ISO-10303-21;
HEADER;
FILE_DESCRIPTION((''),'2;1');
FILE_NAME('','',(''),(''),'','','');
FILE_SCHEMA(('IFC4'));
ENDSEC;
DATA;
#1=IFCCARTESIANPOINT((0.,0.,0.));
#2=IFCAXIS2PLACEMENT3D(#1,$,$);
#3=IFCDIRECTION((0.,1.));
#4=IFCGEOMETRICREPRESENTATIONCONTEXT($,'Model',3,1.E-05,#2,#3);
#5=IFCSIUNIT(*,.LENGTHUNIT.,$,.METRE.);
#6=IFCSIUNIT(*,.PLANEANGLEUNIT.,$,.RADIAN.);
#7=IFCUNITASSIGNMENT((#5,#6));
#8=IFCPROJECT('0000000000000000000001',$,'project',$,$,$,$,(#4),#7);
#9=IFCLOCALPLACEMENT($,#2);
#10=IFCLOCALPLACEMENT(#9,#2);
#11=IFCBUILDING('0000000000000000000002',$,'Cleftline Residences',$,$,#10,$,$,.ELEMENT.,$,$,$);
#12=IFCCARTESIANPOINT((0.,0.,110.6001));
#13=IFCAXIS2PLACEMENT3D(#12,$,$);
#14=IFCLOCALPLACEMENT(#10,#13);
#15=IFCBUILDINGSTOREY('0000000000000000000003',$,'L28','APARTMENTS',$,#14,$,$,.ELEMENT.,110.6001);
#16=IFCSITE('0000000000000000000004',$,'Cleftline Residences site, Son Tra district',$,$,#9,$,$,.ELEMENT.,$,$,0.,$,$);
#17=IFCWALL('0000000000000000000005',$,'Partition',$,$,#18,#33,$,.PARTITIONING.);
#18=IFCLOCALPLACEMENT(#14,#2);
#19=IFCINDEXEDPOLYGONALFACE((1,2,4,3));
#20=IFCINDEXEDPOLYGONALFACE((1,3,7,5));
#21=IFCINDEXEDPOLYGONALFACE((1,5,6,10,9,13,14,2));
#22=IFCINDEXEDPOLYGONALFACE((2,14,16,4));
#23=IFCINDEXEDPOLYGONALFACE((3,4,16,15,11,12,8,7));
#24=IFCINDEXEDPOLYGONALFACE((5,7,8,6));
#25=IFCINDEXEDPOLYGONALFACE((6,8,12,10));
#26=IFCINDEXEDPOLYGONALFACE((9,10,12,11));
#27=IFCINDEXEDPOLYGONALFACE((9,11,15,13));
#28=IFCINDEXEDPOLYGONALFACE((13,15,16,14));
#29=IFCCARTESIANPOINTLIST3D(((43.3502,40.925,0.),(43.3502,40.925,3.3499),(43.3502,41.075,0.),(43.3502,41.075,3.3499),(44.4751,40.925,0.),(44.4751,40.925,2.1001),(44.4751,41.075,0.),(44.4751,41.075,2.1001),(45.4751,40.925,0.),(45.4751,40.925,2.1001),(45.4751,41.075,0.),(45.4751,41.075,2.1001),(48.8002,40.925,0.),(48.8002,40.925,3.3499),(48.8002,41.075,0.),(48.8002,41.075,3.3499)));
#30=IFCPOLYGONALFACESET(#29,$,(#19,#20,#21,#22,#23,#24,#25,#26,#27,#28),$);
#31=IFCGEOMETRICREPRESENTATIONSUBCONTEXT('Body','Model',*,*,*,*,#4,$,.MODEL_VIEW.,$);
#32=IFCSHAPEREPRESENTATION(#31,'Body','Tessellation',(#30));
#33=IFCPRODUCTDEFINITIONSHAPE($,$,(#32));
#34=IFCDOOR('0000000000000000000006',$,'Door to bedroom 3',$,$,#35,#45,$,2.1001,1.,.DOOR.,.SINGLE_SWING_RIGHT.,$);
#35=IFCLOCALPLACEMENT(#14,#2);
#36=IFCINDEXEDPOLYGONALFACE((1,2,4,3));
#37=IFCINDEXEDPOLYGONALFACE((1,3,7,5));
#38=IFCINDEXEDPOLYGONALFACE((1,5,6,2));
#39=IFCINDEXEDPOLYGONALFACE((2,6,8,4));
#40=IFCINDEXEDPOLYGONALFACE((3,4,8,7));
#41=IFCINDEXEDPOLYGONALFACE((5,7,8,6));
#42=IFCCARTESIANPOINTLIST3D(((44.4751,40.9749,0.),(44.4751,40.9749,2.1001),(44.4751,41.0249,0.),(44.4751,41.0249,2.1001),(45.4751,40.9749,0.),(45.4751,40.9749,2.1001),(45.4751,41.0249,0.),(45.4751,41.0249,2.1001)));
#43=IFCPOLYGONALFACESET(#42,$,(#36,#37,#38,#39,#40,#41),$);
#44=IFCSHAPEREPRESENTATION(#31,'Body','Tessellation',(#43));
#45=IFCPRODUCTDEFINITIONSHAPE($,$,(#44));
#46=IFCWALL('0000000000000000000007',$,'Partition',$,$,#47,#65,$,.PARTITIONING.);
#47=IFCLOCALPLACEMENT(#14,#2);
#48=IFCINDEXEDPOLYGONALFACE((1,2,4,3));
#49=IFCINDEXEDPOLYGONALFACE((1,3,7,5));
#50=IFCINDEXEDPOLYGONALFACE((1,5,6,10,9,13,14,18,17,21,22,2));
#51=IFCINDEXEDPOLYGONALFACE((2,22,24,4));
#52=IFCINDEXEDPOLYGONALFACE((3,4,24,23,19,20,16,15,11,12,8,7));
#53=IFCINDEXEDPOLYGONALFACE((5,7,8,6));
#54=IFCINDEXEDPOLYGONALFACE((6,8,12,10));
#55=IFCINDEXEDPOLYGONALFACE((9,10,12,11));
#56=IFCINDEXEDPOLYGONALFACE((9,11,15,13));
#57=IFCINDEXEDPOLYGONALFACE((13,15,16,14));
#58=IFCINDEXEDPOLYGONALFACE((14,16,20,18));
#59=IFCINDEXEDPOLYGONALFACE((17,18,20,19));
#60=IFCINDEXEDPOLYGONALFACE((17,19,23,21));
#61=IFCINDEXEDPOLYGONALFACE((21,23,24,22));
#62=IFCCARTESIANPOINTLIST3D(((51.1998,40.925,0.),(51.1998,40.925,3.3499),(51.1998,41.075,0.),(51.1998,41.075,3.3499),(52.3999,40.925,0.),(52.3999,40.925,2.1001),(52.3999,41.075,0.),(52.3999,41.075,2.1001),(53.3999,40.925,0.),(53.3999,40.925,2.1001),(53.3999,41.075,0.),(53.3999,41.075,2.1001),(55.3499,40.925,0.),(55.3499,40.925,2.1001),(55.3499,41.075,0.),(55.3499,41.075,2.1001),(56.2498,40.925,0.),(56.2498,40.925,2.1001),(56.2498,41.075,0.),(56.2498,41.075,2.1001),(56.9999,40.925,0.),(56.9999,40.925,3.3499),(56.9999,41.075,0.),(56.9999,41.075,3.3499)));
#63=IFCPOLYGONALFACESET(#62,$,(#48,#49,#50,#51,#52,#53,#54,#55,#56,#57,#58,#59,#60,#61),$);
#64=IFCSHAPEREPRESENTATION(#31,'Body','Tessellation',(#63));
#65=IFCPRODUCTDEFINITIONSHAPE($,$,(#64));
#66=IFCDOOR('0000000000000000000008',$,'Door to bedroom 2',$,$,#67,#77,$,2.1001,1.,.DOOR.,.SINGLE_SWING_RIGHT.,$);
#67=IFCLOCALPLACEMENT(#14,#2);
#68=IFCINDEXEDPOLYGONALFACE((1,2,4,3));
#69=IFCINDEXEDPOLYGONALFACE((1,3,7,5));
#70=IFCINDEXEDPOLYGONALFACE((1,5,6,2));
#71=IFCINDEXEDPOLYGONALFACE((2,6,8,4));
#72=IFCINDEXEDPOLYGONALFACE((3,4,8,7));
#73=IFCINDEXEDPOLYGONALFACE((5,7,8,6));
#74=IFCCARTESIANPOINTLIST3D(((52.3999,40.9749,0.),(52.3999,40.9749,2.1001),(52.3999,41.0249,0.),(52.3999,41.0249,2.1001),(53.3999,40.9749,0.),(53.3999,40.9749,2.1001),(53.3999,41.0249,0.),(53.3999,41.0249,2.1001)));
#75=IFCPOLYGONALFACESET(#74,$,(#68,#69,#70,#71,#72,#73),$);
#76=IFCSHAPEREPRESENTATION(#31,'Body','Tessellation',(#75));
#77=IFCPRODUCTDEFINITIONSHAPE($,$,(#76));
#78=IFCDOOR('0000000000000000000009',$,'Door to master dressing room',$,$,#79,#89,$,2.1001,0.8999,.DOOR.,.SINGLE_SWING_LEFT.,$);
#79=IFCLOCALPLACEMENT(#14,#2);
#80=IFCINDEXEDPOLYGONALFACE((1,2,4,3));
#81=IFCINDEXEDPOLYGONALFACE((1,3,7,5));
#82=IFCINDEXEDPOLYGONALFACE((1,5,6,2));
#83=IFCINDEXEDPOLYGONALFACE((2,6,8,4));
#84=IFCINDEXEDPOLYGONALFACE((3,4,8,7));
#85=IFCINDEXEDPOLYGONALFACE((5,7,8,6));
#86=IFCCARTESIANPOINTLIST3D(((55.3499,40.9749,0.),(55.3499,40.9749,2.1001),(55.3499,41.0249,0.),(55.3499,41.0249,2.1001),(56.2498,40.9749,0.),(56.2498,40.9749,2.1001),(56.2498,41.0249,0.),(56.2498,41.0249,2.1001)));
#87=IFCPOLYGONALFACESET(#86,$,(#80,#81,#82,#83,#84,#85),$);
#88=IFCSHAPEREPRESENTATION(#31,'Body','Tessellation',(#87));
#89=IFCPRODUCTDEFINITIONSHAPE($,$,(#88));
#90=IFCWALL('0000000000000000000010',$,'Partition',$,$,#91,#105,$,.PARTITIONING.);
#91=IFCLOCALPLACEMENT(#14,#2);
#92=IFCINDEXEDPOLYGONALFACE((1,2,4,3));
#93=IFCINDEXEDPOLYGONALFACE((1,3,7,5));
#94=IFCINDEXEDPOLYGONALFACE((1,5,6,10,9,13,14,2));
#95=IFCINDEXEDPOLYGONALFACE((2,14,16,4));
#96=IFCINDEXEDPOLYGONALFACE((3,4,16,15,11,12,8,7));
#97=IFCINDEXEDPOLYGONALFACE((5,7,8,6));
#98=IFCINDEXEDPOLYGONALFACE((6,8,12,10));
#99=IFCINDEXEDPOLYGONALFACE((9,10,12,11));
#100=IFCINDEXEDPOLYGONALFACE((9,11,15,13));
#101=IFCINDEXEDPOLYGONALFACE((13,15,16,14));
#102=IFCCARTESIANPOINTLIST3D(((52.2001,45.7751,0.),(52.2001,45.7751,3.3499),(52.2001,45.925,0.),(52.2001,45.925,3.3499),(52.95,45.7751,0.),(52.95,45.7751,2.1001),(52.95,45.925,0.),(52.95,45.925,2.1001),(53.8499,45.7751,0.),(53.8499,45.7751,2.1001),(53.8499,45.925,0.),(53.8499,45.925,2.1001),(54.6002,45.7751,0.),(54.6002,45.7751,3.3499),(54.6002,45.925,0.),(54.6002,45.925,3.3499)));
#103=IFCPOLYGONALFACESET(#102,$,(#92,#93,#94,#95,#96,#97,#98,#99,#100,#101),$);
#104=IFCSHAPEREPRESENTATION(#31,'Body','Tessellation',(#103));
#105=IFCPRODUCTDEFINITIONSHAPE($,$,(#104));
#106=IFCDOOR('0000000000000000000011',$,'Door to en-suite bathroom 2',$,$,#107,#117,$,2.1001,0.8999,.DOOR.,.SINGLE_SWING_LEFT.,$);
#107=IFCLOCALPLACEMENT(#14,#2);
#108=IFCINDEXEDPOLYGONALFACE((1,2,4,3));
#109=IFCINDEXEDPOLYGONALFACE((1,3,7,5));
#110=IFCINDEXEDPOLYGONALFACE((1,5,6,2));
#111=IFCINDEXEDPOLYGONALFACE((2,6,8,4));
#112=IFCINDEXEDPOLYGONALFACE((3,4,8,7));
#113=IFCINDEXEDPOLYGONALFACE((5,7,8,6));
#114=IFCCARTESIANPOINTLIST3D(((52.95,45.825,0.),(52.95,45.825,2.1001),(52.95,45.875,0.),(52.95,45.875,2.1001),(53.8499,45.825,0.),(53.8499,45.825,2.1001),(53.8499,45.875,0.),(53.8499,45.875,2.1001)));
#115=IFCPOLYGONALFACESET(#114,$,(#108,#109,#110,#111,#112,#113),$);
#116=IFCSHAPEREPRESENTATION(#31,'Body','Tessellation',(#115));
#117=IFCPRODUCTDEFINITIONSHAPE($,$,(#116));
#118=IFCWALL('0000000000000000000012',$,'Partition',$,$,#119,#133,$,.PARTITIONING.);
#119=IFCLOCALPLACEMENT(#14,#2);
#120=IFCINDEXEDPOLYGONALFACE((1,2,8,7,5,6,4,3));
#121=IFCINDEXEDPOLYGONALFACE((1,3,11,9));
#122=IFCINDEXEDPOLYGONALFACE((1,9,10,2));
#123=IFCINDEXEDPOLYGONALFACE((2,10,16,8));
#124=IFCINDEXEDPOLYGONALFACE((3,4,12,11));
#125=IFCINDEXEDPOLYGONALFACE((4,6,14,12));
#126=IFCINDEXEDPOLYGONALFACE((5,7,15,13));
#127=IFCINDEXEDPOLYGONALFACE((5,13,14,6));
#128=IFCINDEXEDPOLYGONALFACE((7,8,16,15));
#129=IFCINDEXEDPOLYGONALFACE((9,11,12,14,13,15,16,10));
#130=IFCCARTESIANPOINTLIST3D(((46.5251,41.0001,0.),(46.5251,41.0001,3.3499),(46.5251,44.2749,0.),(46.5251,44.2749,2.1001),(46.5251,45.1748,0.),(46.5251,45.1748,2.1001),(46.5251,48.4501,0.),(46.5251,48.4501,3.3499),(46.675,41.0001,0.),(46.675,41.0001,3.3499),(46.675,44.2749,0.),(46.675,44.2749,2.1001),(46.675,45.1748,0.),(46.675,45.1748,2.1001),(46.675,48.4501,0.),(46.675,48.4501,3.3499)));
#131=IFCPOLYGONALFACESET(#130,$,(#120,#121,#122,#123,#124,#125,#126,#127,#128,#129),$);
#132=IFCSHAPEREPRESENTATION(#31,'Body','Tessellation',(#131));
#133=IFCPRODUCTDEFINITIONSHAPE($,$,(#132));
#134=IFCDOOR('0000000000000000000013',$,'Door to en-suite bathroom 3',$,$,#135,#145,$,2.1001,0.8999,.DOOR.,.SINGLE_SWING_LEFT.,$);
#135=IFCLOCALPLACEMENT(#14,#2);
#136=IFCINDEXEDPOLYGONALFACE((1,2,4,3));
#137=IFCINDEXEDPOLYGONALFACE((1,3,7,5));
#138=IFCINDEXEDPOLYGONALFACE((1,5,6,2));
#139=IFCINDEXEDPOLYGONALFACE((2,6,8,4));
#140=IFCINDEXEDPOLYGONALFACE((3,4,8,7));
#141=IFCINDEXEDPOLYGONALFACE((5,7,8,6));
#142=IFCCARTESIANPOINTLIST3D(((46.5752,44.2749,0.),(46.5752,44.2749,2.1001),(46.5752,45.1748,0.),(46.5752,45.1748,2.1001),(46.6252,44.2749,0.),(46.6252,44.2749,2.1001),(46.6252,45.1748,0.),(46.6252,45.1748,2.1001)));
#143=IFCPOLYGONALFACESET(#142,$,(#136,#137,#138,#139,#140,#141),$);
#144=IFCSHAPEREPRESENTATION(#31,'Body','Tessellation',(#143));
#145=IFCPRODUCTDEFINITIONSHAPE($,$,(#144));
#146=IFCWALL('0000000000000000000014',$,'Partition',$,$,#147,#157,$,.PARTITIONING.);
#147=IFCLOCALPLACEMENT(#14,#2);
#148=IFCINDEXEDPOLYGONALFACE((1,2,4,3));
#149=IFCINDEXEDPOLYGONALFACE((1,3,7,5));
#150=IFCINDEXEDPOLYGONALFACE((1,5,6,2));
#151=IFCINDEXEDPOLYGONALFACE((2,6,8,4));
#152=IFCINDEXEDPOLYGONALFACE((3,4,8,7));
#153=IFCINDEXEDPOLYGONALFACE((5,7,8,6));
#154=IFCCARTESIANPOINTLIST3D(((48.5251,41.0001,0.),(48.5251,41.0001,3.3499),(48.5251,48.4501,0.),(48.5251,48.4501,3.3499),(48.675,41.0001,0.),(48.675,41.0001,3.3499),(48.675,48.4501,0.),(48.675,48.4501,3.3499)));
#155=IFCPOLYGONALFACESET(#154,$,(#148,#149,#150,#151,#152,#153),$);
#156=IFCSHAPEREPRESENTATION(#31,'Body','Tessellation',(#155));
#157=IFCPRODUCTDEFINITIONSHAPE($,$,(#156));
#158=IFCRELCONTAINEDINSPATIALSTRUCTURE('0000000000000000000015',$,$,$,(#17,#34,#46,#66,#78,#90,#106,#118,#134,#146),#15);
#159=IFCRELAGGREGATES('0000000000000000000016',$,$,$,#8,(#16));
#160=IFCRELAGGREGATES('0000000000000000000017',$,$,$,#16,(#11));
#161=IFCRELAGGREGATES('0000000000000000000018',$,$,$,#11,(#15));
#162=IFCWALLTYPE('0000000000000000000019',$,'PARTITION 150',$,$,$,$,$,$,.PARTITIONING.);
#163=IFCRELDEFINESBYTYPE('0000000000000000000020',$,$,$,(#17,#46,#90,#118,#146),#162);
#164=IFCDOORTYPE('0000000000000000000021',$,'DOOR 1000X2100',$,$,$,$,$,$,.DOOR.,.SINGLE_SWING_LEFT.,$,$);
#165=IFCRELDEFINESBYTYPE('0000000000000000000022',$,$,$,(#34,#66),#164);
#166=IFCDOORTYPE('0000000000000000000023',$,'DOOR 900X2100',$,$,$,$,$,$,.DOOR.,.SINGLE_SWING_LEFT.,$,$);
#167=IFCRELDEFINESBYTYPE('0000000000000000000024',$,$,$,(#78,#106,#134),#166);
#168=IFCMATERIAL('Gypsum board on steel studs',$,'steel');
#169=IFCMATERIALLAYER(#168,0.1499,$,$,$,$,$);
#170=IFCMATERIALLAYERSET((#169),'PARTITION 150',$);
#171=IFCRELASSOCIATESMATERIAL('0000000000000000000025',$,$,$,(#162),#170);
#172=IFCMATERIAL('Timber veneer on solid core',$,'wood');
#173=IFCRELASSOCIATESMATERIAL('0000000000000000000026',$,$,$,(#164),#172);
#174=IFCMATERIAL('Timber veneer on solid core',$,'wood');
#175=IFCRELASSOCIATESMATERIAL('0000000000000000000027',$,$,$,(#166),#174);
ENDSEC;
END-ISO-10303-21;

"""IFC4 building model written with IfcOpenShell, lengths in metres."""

from ifc_helpers import new_model, si_unit, direction, frame, frame_2d, origin, place, context, subcontext, project, spatial, rectangle, extrude, material, layer, layer_set, type_object, element, fill, save


model = new_model("IFC4")

# Units and contexts
model_context = context("Model", 3, precision=1e-05, world=origin(), true_north=direction((0.0, 1.0)))
body_context = subcontext(model_context, "Body", "Model", "MODEL_VIEW")
ifc_project = project(units=[si_unit("LENGTHUNIT", "METRE"), si_unit("PLANEANGLEUNIT", "RADIAN")], contexts=[model_context])

# Site, building, storey
site_placement = place(None, origin())
site = spatial("IfcSite", under=ifc_project, at=site_placement, Name="Cleftline Residences site, Son Tra district", CompositionType="ELEMENT", RefElevation=0.0)
building_placement = place(site_placement, origin())
building = spatial("IfcBuilding", under=site, at=building_placement, Name="Cleftline Residences", CompositionType="ELEMENT")
storey_placement = place(building_placement, frame((0.0, 0.0, 110.6001)))
storey = spatial("IfcBuildingStorey", under=building, at=storey_placement, Name="L28", Description="APARTMENTS", CompositionType="ELEMENT", Elevation=110.6001)

# Wall, opening, door
ifc_material_1 = material(Name="Gypsum board on steel studs", Category="steel")
ifc_layer_1 = layer(ifc_material_1, 0.1499)
ifc_layer_set_1 = layer_set([ifc_layer_1], Name="PARTITION 150")
wall_type = type_object("IfcWallType", Name="PARTITION 150", PredefinedType="PARTITIONING", material=ifc_layer_set_1)
wall_1_placement = place(storey_placement, frame((43.3501, 41.0, 0.0), z_axis=(0.0, 0.0, 1.0), x_axis=(1.0, 0.0, 0.0)))
wall_1 = element("IfcWall", 1, at=wall_1_placement, inside=storey, type_object=wall_type, Name="Partition", PredefinedType="PARTITIONING", context=body_context, shape_type="SweptSolid", body=[
    extrude(rectangle(XDim=5.45, YDim=0.1499, at=frame_2d((2.7251, 0.0))), origin(), (0.0, 0.0, 1.0), 3.3499),
])
opening_1_placement = place(wall_1_placement, frame((1.125, 0.0, 0.0)))
opening_1 = element("IfcOpeningElement", 2, at=opening_1_placement, cuts=wall_1, PredefinedType="OPENING", context=body_context, shape_type="SweptSolid", body=[
    extrude(rectangle(XDim=1.0, YDim=2.1001, at=frame_2d((0.5, 1.05))), frame((0.0, 0.085, 0.0), z_axis=(0.0, -1.0, 0.0), x_axis=(1.0, 0.0, 0.0)), (0.0, 0.0, 1.0), 0.1699),
])
ifc_material_2 = material(Name="Timber veneer on solid core", Category="wood")
door_type_1 = type_object("IfcDoorType", Name="DOOR 1000X2100", OperationType="SINGLE_SWING_LEFT", PredefinedType="DOOR", material=ifc_material_2)
door_1_placement = place(opening_1_placement, origin())
door_1 = element("IfcDoor", 3, at=door_1_placement, inside=storey, type_object=door_type_1, Name="Door to bedroom 3", OperationType="SINGLE_SWING_RIGHT", OverallHeight=2.1001, OverallWidth=1.0, PredefinedType="DOOR", context=body_context, shape_type="SweptSolid", body=[
    extrude(rectangle(XDim=1.0, YDim=2.1001, at=frame_2d((0.5, 1.05))), frame((0.0, 0.0249, 0.0), z_axis=(0.0, -1.0, 0.0), x_axis=(1.0, 0.0, 0.0)), (0.0, 0.0, 1.0), 0.05),
])
fill(opening_1, door_1)

# Wall, openings, doors
wall_2_placement = place(storey_placement, frame((51.2, 41.0, 0.0), z_axis=(0.0, 0.0, 1.0), x_axis=(1.0, 0.0, 0.0)))
wall_2 = element("IfcWall", 4, at=wall_2_placement, inside=storey, type_object=wall_type, Name="Partition", PredefinedType="PARTITIONING", context=body_context, shape_type="SweptSolid", body=[
    extrude(rectangle(XDim=5.8, YDim=0.1499, at=frame_2d((2.8999, 0.0))), origin(), (0.0, 0.0, 1.0), 3.3499),
])
opening_2_placement = place(wall_2_placement, frame((4.1499, 0.0, 0.0)))
opening_2 = element("IfcOpeningElement", 5, at=opening_2_placement, cuts=wall_2, PredefinedType="OPENING", context=body_context, shape_type="SweptSolid", body=[
    extrude(rectangle(XDim=0.8999, YDim=2.1001, at=frame_2d((0.45, 1.05))), frame((0.0, 0.085, 0.0), z_axis=(0.0, -1.0, 0.0), x_axis=(1.0, 0.0, 0.0)), (0.0, 0.0, 1.0), 0.1699),
])
opening_3_placement = place(wall_2_placement, frame((1.2, 0.0, 0.0)))
opening_3 = element("IfcOpeningElement", 6, at=opening_3_placement, cuts=wall_2, PredefinedType="OPENING", context=body_context, shape_type="SweptSolid", body=[
    extrude(rectangle(XDim=1.0, YDim=2.1001, at=frame_2d((0.5, 1.05))), frame((0.0, 0.085, 0.0), z_axis=(0.0, -1.0, 0.0), x_axis=(1.0, 0.0, 0.0)), (0.0, 0.0, 1.0), 0.1699),
])
door_2_placement = place(opening_3_placement, origin())
door_2 = element("IfcDoor", 7, at=door_2_placement, inside=storey, type_object=door_type_1, Name="Door to bedroom 2", OperationType="SINGLE_SWING_RIGHT", OverallHeight=2.1001, OverallWidth=1.0, PredefinedType="DOOR", context=body_context, shape_type="SweptSolid", body=[
    extrude(rectangle(XDim=1.0, YDim=2.1001, at=frame_2d((0.5, 1.05))), frame((0.0, 0.0249, 0.0), z_axis=(0.0, -1.0, 0.0), x_axis=(1.0, 0.0, 0.0)), (0.0, 0.0, 1.0), 0.05),
])
fill(opening_3, door_2)
ifc_material_3 = material(Name="Timber veneer on solid core", Category="wood")
door_type_2 = type_object("IfcDoorType", Name="DOOR 900X2100", OperationType="SINGLE_SWING_LEFT", PredefinedType="DOOR", material=ifc_material_3)
door_3_placement = place(opening_2_placement, origin())
door_3 = element("IfcDoor", 8, at=door_3_placement, inside=storey, type_object=door_type_2, Name="Door to master dressing room", OperationType="SINGLE_SWING_LEFT", OverallHeight=2.1001, OverallWidth=0.8999, PredefinedType="DOOR", context=body_context, shape_type="SweptSolid", body=[
    extrude(rectangle(XDim=0.8999, YDim=2.1001, at=frame_2d((0.45, 1.05))), frame((0.0, 0.0249, 0.0), z_axis=(0.0, -1.0, 0.0), x_axis=(1.0, 0.0, 0.0)), (0.0, 0.0, 1.0), 0.05),
])
fill(opening_2, door_3)

# Walls, openings, doors
wall_3_placement = place(storey_placement, frame((52.2, 45.8501, 0.0), z_axis=(0.0, 0.0, 1.0), x_axis=(1.0, 0.0, 0.0)))
wall_3 = element("IfcWall", 9, at=wall_3_placement, inside=storey, type_object=wall_type, Name="Partition", PredefinedType="PARTITIONING", context=body_context, shape_type="SweptSolid", body=[
    extrude(rectangle(XDim=2.4001, YDim=0.1499, at=frame_2d((1.2002, 0.0))), origin(), (0.0, 0.0, 1.0), 3.3499),
])
opening_4_placement = place(wall_3_placement, frame((0.75, 0.0, 0.0)))
opening_4 = element("IfcOpeningElement", 10, at=opening_4_placement, cuts=wall_3, PredefinedType="OPENING", context=body_context, shape_type="SweptSolid", body=[
    extrude(rectangle(XDim=0.8999, YDim=2.1001, at=frame_2d((0.45, 1.05))), frame((0.0, 0.085, 0.0), z_axis=(0.0, -1.0, 0.0), x_axis=(1.0, 0.0, 0.0)), (0.0, 0.0, 1.0), 0.1699),
])
door_4_placement = place(opening_4_placement, origin())
door_4 = element("IfcDoor", 11, at=door_4_placement, inside=storey, type_object=door_type_2, Name="Door to en-suite bathroom 2", OperationType="SINGLE_SWING_LEFT", OverallHeight=2.1001, OverallWidth=0.8999, PredefinedType="DOOR", context=body_context, shape_type="SweptSolid", body=[
    extrude(rectangle(XDim=0.8999, YDim=2.1001, at=frame_2d((0.45, 1.05))), frame((0.0, 0.0249, 0.0), z_axis=(0.0, -1.0, 0.0), x_axis=(1.0, 0.0, 0.0)), (0.0, 0.0, 1.0), 0.05),
])
fill(opening_4, door_4)
wall_4_placement = place(storey_placement, frame((46.6001, 41.0, 0.0), z_axis=(0.0, 0.0, 1.0), x_axis=(0.0, 1.0, 0.0)))
wall_4 = element("IfcWall", 12, at=wall_4_placement, inside=storey, type_object=wall_type, Name="Partition", PredefinedType="PARTITIONING", context=body_context, shape_type="SweptSolid", body=[
    extrude(rectangle(XDim=7.45, YDim=0.1499, at=frame_2d((3.7251, 0.0))), origin(), (0.0, 0.0, 1.0), 3.3499),
])
opening_5_placement = place(wall_4_placement, frame((3.2749, 0.0, 0.0)))
opening_5 = element("IfcOpeningElement", 13, at=opening_5_placement, cuts=wall_4, PredefinedType="OPENING", context=body_context, shape_type="SweptSolid", body=[
    extrude(rectangle(XDim=0.8999, YDim=2.1001, at=frame_2d((0.45, 1.05))), frame((0.0, 0.085, 0.0), z_axis=(0.0, -1.0, 0.0), x_axis=(1.0, 0.0, 0.0)), (0.0, 0.0, 1.0), 0.1699),
])
door_5_placement = place(opening_5_placement, origin())
door_5 = element("IfcDoor", 14, at=door_5_placement, inside=storey, type_object=door_type_2, Name="Door to en-suite bathroom 3", OperationType="SINGLE_SWING_LEFT", OverallHeight=2.1001, OverallWidth=0.8999, PredefinedType="DOOR", context=body_context, shape_type="SweptSolid", body=[
    extrude(rectangle(XDim=0.8999, YDim=2.1001, at=frame_2d((0.45, 1.05))), frame((0.0, 0.0249, 0.0), z_axis=(0.0, -1.0, 0.0), x_axis=(1.0, 0.0, 0.0)), (0.0, 0.0, 1.0), 0.05),
])
fill(opening_5, door_5)

# Wall
wall_5_placement = place(storey_placement, frame((48.6001, 41.0, 0.0), z_axis=(0.0, 0.0, 1.0), x_axis=(0.0, 1.0, 0.0)))
element("IfcWall", 15, at=wall_5_placement, inside=storey, type_object=wall_type, Name="Partition", PredefinedType="PARTITIONING", context=body_context, shape_type="SweptSolid", body=[
    extrude(rectangle(XDim=7.45, YDim=0.1499, at=frame_2d((3.7251, 0.0))), origin(), (0.0, 0.0, 1.0), 3.3499),
])

save(model, "model.ifc")
